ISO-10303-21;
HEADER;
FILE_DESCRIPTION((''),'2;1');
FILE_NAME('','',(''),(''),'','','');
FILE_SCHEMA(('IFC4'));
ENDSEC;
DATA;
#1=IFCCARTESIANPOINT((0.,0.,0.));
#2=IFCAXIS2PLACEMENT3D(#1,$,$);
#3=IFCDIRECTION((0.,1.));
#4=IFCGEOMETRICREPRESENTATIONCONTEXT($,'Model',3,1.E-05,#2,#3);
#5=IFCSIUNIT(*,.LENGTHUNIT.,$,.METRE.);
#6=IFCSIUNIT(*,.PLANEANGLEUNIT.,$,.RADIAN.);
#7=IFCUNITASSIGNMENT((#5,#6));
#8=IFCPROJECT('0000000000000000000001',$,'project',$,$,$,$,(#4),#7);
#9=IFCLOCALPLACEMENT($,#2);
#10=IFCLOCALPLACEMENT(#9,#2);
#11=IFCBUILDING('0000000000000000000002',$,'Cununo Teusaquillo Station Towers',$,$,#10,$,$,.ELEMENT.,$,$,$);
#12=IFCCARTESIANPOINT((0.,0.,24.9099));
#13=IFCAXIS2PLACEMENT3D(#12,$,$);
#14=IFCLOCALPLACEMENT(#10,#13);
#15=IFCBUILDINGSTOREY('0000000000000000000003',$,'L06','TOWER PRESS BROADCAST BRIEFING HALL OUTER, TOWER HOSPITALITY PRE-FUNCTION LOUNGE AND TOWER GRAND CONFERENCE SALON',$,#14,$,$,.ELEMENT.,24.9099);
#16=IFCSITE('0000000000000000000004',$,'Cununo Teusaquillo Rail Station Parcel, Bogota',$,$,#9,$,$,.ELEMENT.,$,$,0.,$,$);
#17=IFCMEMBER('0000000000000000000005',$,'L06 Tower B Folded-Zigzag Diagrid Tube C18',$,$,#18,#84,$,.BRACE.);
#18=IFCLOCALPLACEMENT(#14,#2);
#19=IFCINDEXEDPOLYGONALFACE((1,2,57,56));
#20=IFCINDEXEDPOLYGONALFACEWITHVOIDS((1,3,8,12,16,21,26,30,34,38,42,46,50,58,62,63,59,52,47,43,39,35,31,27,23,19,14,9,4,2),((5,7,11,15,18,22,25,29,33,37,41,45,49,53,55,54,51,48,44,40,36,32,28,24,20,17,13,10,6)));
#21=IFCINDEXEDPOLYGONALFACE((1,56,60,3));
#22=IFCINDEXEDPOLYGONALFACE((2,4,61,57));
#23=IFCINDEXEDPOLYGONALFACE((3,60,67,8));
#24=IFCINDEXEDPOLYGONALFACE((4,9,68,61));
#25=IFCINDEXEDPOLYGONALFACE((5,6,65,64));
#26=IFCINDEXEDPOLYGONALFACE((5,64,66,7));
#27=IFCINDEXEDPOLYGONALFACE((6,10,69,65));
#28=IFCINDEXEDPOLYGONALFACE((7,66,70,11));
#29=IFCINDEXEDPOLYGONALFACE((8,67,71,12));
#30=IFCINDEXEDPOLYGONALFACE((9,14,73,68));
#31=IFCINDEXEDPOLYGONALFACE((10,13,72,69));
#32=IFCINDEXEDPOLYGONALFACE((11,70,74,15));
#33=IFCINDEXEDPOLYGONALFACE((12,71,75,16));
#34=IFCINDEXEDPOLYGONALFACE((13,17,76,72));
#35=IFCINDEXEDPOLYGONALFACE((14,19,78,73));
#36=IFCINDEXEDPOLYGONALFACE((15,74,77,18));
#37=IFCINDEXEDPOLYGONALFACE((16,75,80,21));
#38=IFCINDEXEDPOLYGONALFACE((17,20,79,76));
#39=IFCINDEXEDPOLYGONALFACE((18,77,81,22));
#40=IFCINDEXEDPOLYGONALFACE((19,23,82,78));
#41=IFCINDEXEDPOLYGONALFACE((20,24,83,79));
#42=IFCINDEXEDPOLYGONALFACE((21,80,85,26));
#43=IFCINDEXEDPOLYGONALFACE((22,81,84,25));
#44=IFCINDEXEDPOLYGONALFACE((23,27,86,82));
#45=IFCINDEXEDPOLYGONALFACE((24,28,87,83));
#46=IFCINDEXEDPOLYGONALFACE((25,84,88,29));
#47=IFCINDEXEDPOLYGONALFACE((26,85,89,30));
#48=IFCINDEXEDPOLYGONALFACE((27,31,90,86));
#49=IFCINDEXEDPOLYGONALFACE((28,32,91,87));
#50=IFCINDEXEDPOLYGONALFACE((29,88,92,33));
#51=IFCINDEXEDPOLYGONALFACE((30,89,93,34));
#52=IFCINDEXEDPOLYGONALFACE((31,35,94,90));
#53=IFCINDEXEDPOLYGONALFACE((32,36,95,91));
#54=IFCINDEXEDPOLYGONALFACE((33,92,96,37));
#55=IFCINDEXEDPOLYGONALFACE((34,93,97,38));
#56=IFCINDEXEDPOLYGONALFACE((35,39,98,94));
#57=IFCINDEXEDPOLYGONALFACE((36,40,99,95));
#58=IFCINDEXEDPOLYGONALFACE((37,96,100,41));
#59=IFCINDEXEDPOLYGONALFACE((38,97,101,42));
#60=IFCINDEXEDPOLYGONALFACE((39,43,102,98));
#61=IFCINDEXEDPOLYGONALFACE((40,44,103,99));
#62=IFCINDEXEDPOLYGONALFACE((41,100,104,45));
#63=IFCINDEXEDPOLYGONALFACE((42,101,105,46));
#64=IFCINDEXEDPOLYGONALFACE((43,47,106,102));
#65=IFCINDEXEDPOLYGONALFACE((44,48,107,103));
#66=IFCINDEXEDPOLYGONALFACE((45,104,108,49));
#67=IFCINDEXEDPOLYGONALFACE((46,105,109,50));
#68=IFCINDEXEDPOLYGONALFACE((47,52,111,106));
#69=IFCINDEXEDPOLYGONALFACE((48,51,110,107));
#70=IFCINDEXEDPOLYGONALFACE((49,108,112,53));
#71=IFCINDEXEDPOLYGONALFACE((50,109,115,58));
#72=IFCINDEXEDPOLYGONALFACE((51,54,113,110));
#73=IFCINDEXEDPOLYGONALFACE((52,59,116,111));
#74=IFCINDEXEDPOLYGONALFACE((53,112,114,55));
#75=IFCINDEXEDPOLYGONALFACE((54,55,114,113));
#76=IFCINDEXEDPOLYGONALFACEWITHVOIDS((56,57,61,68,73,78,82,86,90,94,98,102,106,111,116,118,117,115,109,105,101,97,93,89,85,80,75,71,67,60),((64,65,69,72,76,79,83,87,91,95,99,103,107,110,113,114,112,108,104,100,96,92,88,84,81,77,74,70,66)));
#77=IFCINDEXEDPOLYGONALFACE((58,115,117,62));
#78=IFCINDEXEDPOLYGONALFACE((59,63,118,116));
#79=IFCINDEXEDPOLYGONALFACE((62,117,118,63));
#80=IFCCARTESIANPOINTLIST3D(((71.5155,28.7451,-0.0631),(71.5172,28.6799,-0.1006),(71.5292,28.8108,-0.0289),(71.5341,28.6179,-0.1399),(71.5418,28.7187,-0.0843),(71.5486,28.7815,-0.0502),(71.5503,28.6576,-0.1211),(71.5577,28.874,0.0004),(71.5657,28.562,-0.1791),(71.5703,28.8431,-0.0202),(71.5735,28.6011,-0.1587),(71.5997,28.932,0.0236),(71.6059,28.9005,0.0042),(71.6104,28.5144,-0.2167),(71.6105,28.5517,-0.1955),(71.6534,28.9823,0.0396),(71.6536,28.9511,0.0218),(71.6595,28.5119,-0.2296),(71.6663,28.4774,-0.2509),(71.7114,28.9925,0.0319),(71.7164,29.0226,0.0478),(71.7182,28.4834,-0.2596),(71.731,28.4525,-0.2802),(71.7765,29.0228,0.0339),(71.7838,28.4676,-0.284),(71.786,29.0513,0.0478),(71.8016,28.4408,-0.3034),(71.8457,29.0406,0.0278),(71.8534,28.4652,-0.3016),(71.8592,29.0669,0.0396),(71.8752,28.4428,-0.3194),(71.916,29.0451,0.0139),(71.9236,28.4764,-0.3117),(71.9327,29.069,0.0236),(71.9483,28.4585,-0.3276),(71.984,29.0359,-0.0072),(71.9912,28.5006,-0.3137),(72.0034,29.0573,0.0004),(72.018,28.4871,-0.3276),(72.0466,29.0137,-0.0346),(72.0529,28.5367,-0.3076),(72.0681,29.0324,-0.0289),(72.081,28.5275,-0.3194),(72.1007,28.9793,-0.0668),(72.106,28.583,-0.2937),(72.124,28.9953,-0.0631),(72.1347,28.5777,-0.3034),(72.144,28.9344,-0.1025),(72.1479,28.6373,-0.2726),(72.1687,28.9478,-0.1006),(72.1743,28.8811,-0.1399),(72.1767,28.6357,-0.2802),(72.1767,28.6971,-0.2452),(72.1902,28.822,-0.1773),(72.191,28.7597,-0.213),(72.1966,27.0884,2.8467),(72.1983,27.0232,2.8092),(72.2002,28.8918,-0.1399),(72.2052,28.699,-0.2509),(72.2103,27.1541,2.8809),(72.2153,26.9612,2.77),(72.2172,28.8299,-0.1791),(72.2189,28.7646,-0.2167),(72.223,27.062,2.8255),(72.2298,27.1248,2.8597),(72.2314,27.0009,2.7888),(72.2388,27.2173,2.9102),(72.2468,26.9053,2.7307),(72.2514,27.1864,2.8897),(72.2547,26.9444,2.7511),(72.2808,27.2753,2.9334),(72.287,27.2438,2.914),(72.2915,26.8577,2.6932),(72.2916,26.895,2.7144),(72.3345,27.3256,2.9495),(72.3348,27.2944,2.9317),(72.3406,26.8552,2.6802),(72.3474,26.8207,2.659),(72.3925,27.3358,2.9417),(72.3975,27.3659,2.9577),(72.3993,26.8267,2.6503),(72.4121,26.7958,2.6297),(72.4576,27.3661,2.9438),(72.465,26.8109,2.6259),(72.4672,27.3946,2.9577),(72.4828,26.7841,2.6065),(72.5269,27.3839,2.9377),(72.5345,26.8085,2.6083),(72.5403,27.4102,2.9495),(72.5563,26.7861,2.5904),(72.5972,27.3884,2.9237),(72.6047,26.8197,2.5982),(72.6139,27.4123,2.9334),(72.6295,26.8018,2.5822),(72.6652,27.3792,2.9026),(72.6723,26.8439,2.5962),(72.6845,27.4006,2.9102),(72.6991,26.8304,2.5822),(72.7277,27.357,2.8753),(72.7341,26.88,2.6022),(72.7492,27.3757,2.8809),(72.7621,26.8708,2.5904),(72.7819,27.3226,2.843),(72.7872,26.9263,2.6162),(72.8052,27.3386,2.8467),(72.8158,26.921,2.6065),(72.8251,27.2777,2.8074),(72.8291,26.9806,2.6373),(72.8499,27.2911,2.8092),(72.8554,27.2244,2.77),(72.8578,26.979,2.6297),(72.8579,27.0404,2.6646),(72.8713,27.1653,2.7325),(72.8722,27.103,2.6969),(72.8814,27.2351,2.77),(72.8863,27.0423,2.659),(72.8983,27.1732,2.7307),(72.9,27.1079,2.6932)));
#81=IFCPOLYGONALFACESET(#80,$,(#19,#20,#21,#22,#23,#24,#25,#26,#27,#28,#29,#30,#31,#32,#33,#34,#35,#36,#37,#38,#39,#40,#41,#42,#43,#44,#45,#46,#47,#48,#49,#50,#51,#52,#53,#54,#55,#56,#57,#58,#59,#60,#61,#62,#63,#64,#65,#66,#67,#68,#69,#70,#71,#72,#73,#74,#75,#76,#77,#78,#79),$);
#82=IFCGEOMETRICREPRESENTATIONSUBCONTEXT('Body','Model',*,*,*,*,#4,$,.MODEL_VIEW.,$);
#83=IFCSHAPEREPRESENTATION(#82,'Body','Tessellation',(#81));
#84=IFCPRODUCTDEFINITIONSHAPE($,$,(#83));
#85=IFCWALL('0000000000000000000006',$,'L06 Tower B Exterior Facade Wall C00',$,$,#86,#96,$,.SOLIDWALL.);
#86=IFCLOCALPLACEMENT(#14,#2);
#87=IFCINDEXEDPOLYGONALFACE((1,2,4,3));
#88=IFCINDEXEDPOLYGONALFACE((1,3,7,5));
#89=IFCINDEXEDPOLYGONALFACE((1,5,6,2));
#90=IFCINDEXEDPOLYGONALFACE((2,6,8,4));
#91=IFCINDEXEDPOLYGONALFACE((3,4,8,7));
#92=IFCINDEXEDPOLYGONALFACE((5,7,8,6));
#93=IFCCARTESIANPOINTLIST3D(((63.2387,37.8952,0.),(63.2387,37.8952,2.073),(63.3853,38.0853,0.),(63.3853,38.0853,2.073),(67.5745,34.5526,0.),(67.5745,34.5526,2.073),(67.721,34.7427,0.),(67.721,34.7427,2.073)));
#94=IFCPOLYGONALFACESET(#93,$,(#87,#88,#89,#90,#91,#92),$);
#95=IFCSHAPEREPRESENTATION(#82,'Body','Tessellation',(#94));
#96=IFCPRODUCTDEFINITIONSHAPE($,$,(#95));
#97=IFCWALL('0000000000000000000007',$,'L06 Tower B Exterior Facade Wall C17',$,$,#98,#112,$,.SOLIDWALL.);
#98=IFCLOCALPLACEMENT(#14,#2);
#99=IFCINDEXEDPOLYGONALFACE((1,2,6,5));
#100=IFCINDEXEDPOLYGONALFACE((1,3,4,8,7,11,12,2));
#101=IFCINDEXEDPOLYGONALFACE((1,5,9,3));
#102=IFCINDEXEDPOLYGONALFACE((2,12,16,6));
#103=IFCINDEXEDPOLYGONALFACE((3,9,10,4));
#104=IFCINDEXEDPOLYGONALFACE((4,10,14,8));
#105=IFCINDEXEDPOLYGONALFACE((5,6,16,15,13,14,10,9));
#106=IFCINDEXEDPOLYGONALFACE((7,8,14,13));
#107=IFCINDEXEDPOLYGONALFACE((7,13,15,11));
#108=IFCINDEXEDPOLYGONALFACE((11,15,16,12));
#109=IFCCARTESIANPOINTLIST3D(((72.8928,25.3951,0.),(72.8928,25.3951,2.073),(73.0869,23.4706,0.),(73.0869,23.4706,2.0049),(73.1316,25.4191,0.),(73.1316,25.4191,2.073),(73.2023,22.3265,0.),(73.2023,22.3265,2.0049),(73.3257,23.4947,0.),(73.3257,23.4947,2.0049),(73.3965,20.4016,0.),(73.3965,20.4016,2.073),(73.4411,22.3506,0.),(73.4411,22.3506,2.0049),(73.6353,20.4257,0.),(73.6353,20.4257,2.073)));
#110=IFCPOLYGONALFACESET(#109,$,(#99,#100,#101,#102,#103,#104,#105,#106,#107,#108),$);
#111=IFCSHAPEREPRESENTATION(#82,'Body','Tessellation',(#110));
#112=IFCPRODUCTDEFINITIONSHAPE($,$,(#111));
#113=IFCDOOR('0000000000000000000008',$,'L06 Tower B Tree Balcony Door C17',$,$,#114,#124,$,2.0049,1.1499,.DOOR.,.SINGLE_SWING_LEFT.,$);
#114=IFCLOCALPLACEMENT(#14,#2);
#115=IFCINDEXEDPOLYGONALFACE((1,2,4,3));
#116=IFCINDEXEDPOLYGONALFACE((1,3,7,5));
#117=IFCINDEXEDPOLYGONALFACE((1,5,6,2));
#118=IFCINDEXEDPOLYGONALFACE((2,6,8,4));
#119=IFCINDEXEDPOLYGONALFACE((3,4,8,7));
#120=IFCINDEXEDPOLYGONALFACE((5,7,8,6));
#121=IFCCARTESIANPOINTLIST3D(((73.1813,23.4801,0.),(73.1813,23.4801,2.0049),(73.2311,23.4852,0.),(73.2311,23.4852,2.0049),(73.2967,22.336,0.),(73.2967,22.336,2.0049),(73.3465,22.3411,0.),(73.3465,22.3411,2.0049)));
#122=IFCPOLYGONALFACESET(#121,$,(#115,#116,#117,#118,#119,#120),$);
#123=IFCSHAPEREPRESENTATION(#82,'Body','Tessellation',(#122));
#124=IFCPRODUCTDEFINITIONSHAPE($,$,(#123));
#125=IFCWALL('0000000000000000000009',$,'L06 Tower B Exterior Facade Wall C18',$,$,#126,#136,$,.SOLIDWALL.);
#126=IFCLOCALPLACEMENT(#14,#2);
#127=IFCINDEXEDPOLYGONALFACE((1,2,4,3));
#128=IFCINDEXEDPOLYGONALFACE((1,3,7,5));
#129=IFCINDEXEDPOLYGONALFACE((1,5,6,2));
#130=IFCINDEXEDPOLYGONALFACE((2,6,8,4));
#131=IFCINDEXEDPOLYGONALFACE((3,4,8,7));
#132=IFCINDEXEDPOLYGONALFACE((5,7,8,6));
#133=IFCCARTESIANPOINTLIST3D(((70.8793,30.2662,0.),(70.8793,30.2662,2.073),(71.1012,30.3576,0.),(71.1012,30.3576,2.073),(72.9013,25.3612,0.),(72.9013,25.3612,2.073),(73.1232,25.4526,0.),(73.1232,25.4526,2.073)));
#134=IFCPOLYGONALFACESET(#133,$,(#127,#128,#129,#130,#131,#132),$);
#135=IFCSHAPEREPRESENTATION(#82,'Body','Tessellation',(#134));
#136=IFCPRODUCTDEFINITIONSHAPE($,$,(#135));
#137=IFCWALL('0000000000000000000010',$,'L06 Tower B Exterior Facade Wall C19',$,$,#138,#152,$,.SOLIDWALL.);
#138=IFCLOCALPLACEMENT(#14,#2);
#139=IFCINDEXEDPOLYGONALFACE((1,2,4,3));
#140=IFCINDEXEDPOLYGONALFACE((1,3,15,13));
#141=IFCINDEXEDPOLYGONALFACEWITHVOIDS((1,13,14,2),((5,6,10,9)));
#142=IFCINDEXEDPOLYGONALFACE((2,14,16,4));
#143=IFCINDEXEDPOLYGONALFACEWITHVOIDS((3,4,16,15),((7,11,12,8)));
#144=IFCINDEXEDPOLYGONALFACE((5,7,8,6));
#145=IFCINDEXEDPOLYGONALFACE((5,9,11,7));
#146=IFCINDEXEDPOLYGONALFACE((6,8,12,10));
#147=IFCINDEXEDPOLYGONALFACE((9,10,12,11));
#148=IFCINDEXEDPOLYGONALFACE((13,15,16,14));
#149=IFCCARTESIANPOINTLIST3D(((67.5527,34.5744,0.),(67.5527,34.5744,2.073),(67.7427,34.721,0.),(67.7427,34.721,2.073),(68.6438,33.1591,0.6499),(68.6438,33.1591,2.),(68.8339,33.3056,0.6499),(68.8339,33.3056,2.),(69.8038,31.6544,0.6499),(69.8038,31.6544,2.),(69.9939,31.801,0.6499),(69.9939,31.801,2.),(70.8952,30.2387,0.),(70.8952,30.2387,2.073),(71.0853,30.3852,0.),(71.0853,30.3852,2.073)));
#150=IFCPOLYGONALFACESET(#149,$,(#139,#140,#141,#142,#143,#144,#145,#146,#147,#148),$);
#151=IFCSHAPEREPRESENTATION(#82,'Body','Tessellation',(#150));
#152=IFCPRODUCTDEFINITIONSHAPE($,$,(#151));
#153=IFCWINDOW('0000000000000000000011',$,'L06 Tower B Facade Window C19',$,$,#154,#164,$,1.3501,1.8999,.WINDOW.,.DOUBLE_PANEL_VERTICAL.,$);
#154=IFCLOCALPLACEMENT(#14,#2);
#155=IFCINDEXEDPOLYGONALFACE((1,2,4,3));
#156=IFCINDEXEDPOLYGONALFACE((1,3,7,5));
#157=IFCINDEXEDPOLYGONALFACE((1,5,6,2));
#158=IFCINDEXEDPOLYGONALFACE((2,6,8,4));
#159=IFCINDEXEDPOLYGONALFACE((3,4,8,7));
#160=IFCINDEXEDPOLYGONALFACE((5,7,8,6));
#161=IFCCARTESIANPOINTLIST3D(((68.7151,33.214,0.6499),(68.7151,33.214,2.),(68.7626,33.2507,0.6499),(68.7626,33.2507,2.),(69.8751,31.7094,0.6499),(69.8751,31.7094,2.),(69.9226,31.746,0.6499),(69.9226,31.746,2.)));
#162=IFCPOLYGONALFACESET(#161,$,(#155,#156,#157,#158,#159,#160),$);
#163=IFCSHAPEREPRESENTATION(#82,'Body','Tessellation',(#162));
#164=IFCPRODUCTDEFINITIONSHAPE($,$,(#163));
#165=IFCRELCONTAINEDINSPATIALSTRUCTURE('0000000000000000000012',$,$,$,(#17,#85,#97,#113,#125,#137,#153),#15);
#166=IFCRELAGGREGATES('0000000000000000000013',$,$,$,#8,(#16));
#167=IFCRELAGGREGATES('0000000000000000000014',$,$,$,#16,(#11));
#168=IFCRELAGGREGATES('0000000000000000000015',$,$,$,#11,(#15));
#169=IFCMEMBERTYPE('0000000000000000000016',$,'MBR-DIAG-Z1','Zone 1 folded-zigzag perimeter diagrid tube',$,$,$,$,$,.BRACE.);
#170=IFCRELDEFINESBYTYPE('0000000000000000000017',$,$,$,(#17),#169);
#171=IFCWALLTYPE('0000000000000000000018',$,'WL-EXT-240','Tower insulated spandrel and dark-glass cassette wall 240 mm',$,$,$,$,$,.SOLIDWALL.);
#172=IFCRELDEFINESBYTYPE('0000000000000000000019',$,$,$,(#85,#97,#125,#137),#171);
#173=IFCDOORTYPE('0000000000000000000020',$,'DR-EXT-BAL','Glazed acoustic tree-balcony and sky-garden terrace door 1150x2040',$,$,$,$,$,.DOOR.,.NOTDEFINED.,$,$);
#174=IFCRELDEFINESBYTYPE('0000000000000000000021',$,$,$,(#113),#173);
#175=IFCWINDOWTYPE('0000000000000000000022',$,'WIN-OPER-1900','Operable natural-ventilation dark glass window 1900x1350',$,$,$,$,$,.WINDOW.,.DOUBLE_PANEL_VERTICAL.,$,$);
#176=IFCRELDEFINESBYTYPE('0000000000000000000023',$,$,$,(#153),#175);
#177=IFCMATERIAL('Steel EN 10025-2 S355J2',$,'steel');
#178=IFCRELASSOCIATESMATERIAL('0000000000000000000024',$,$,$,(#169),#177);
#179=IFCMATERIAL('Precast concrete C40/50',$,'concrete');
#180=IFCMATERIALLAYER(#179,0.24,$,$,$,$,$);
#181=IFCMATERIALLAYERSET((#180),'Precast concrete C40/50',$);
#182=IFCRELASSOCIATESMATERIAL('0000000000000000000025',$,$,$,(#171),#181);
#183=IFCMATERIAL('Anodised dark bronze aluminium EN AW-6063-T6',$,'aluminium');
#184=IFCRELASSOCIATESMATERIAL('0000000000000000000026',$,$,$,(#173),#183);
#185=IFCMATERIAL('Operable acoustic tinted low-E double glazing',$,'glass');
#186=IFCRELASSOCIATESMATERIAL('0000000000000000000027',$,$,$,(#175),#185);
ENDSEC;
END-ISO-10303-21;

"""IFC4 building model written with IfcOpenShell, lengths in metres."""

from ifc_helpers import new_model, si_unit, direction, frame, frame_2d, origin, origin_2d, place, context, subcontext, project, spatial, rectangle, hollow_circle, extrude, source, transform, mapped, material, layer, layer_set, material_profile, profile_set, type_object, element, fill, save


model = new_model("IFC4")

# Units and contexts
model_context = context("Model", 3, precision=1e-05, world=origin(), true_north=direction((0.0, 1.0)))
body_context = subcontext(model_context, "Body", "Model", "MODEL_VIEW")
ifc_project = project(units=[si_unit("LENGTHUNIT", "METRE"), si_unit("PLANEANGLEUNIT", "RADIAN")], contexts=[model_context])

# Site, building, storey
site_placement = place(None, origin())
site = spatial("IfcSite", under=ifc_project, at=site_placement, Name="Cununo Teusaquillo Rail Station Parcel, Bogota", CompositionType="ELEMENT", RefElevation=0.0)
building_placement = place(site_placement, origin())
building = spatial("IfcBuilding", under=site, at=building_placement, Name="Cununo Teusaquillo Station Towers", CompositionType="ELEMENT")
storey_placement = place(building_placement, frame((0.0, 0.0, 24.9099)))
storey = spatial("IfcBuildingStorey", under=building, at=storey_placement, Name="L06", Description="TOWER PRESS BROADCAST BRIEFING HALL OUTER, TOWER HOSPITALITY PRE-FUNCTION LOUNGE AND TOWER GRAND CONFERENCE SALON", CompositionType="ELEMENT", Elevation=24.9099)

# Member
ifc_material_1 = material(Name="Steel EN 10025-2 S355J2", Category="steel")
ifc_material_profile_1 = material_profile(ifc_material_1, hollow_circle(Radius=0.3601, WallThickness=0.0281, at=origin_2d()), Name="CHS 720x28")
ifc_profile_set_1 = profile_set([ifc_material_profile_1], Name="Steel EN 10025-2 S355J2")
member_type_1 = type_object("IfcMemberType", Name="MBR-DIAG-Z1", Description="Zone 1 folded-zigzag perimeter diagrid tube", PredefinedType="BRACE", material=ifc_profile_set_1)
member_1_placement = place(storey_placement, frame((71.8672, 28.7549, -0.1399), z_axis=(0.199338, -0.484842, 0.851582), x_axis=(0.924881, 0.380256, 0.0)))
element("IfcMember", 1, at=member_1_placement, inside=storey, type_object=member_type_1, Name="L06 Tower B Folded-Zigzag Diagrid Tube C18", PredefinedType="BRACE", context=body_context, shape_type="SweptSolid", body=[
    extrude(hollow_circle(Radius=0.3601, WallThickness=0.0281, at=origin_2d()), origin(), (0.0, 0.0, 1.0), 3.417),
])

# Wall
ifc_material_2 = material(Name="Precast concrete C40/50", Category="concrete")
ifc_layer_1 = layer(ifc_material_2, 0.24)
ifc_layer_set_1 = layer_set([ifc_layer_1], Name="Precast concrete C40/50")
wall_type_1 = type_object("IfcWallType", Name="WL-EXT-240", Description="Tower insulated spandrel and dark-glass cassette wall 240 mm", PredefinedType="SOLIDWALL", material=ifc_layer_set_1)
wall_1_placement = place(storey_placement, frame((63.312, 37.9902, 0.0), z_axis=(0.0, 0.0, 1.0), x_axis=(0.791972, -0.610557, 0.0)))
element("IfcWall", 2, at=wall_1_placement, inside=storey, type_object=wall_type_1, Name="L06 Tower B Exterior Facade Wall C00", PredefinedType="SOLIDWALL", context=body_context, shape_type="SweptSolid", body=[
    extrude(rectangle(XDim=5.4746, YDim=0.24, at=frame_2d((2.7373, 0.0))), origin(), (0.0, 0.0, 1.0), 2.073),
])

# Wall, opening, door
wall_2_placement = place(storey_placement, frame((73.0122, 25.407, 0.0), z_axis=(0.0, 0.0, 1.0), x_axis=(0.100356, -0.994952, 0.0)))
wall_2 = element("IfcWall", 3, at=wall_2_placement, inside=storey, type_object=wall_type_1, Name="L06 Tower B Exterior Facade Wall C17", PredefinedType="SOLIDWALL", context=body_context, shape_type="SweptSolid", body=[
    extrude(rectangle(XDim=5.0188, YDim=0.24, at=frame_2d((2.5093, 0.0))), origin(), (0.0, 0.0, 1.0), 2.073),
])
shared_shape_1 = source(origin(), body_context, "Body", "SweptSolid", [
    extrude(rectangle(XDim=1.1499, YDim=2.0049, at=frame_2d((0.575, 1.0024))), frame((0.0, 0.1299, 0.0), z_axis=(0.0, -1.0, 0.0), x_axis=(1.0, 0.0, 0.0)), (0.0, 0.0, 1.0), 0.26),
])
opening_1_placement = place(wall_2_placement, frame((1.9341, 0.0, 0.0)))
opening_1 = element("IfcOpeningElement", 4, at=opening_1_placement, cuts=wall_2, PredefinedType="OPENING", context=body_context, shape_type="MappedRepresentation", body=[
    mapped(shared_shape_1, transform((0.0, 0.0, 0.0), x_axis=(1.0, 0.0, 0.0), y_axis=(0.0, 1.0, 0.0), z_axis=(0.0, 0.0, 1.0), scale=1.0)),
])
ifc_material_3 = material(Name="Anodised dark bronze aluminium EN AW-6063-T6", Category="aluminium")
door_type_1 = type_object("IfcDoorType", Name="DR-EXT-BAL", Description="Glazed acoustic tree-balcony and sky-garden terrace door 1150x2040", OperationType="NOTDEFINED", PredefinedType="DOOR", material=ifc_material_3)
shared_shape_2 = source(origin(), body_context, "Body", "SweptSolid", [
    extrude(rectangle(XDim=1.1499, YDim=2.0049, at=frame_2d((0.575, 1.0024))), frame((0.0, 0.0249, 0.0), z_axis=(0.0, -1.0, 0.0), x_axis=(1.0, 0.0, 0.0)), (0.0, 0.0, 1.0), 0.05),
])
door_1_placement = place(opening_1_placement, origin())
door_1 = element("IfcDoor", 5, at=door_1_placement, inside=storey, type_object=door_type_1, Name="L06 Tower B Tree Balcony Door C17", OperationType="SINGLE_SWING_LEFT", OverallHeight=2.0049, OverallWidth=1.1499, PredefinedType="DOOR", context=body_context, shape_type="MappedRepresentation", body=[
    mapped(shared_shape_2, transform((0.0, 0.0, 0.0), x_axis=(1.0, 0.0, 0.0), y_axis=(0.0, 1.0, 0.0), z_axis=(0.0, 0.0, 1.0), scale=1.0)),
])
fill(opening_1, door_1)

# Wall
wall_3_placement = place(storey_placement, frame((70.9902, 30.312, 0.0), z_axis=(0.0, 0.0, 1.0), x_axis=(0.381113, -0.924528, 0.0)))
element("IfcWall", 6, at=wall_3_placement, inside=storey, type_object=wall_type_1, Name="L06 Tower B Exterior Facade Wall C18", PredefinedType="SOLIDWALL", context=body_context, shape_type="SweptSolid", body=[
    extrude(rectangle(XDim=5.3054, YDim=0.24, at=frame_2d((2.6528, 0.0))), origin(), (0.0, 0.0, 1.0), 2.073),
])

# Wall, opening, window
wall_4_placement = place(storey_placement, frame((67.6477, 34.6477, 0.0), z_axis=(0.0, 0.0, 1.0), x_axis=(0.610557, -0.791972, 0.0)))
wall_4 = element("IfcWall", 7, at=wall_4_placement, inside=storey, type_object=wall_type_1, Name="L06 Tower B Exterior Facade Wall C19", PredefinedType="SOLIDWALL", context=body_context, shape_type="SweptSolid", body=[
    extrude(rectangle(XDim=5.4746, YDim=0.24, at=frame_2d((2.7373, 0.0))), origin(), (0.0, 0.0, 1.0), 2.073),
])
shared_shape_3 = source(origin(), body_context, "Body", "SweptSolid", [
    extrude(rectangle(XDim=1.8999, YDim=1.3501, at=frame_2d((0.95, 0.675))), frame((0.0, 0.1299, 0.0), z_axis=(0.0, -1.0, 0.0), x_axis=(1.0, 0.0, 0.0)), (0.0, 0.0, 1.0), 0.26),
])
opening_2_placement = place(wall_4_placement, frame((1.7871, 0.0, 0.6499)))
opening_2 = element("IfcOpeningElement", 8, at=opening_2_placement, cuts=wall_4, PredefinedType="OPENING", context=body_context, shape_type="MappedRepresentation", body=[
    mapped(shared_shape_3, transform((0.0, 0.0, 0.0), x_axis=(1.0, 0.0, 0.0), y_axis=(0.0, 1.0, 0.0), z_axis=(0.0, 0.0, 1.0), scale=1.0)),
])
ifc_material_4 = material(Name="Operable acoustic tinted low-E double glazing", Category="glass")
window_type = type_object("IfcWindowType", Name="WIN-OPER-1900", Description="Operable natural-ventilation dark glass window 1900x1350", PartitioningType="DOUBLE_PANEL_VERTICAL", PredefinedType="WINDOW", material=ifc_material_4)
shared_shape_4 = source(origin(), body_context, "Body", "SweptSolid", [
    extrude(rectangle(XDim=1.8999, YDim=1.3501, at=frame_2d((0.95, 0.675))), frame((0.0, 0.03, 0.0), z_axis=(0.0, -1.0, 0.0), x_axis=(1.0, 0.0, 0.0)), (0.0, 0.0, 1.0), 0.0601),
])
window_placement = place(opening_2_placement, origin())
window = element("IfcWindow", 9, at=window_placement, inside=storey, type_object=window_type, Name="L06 Tower B Facade Window C19", OverallHeight=1.3501, OverallWidth=1.8999, PartitioningType="DOUBLE_PANEL_VERTICAL", PredefinedType="WINDOW", context=body_context, shape_type="MappedRepresentation", body=[
    mapped(shared_shape_4, transform((0.0, 0.0, 0.0), x_axis=(1.0, 0.0, 0.0), y_axis=(0.0, 1.0, 0.0), z_axis=(0.0, 0.0, 1.0), scale=1.0)),
])
fill(opening_2, window)

save(model, "model.ifc")
